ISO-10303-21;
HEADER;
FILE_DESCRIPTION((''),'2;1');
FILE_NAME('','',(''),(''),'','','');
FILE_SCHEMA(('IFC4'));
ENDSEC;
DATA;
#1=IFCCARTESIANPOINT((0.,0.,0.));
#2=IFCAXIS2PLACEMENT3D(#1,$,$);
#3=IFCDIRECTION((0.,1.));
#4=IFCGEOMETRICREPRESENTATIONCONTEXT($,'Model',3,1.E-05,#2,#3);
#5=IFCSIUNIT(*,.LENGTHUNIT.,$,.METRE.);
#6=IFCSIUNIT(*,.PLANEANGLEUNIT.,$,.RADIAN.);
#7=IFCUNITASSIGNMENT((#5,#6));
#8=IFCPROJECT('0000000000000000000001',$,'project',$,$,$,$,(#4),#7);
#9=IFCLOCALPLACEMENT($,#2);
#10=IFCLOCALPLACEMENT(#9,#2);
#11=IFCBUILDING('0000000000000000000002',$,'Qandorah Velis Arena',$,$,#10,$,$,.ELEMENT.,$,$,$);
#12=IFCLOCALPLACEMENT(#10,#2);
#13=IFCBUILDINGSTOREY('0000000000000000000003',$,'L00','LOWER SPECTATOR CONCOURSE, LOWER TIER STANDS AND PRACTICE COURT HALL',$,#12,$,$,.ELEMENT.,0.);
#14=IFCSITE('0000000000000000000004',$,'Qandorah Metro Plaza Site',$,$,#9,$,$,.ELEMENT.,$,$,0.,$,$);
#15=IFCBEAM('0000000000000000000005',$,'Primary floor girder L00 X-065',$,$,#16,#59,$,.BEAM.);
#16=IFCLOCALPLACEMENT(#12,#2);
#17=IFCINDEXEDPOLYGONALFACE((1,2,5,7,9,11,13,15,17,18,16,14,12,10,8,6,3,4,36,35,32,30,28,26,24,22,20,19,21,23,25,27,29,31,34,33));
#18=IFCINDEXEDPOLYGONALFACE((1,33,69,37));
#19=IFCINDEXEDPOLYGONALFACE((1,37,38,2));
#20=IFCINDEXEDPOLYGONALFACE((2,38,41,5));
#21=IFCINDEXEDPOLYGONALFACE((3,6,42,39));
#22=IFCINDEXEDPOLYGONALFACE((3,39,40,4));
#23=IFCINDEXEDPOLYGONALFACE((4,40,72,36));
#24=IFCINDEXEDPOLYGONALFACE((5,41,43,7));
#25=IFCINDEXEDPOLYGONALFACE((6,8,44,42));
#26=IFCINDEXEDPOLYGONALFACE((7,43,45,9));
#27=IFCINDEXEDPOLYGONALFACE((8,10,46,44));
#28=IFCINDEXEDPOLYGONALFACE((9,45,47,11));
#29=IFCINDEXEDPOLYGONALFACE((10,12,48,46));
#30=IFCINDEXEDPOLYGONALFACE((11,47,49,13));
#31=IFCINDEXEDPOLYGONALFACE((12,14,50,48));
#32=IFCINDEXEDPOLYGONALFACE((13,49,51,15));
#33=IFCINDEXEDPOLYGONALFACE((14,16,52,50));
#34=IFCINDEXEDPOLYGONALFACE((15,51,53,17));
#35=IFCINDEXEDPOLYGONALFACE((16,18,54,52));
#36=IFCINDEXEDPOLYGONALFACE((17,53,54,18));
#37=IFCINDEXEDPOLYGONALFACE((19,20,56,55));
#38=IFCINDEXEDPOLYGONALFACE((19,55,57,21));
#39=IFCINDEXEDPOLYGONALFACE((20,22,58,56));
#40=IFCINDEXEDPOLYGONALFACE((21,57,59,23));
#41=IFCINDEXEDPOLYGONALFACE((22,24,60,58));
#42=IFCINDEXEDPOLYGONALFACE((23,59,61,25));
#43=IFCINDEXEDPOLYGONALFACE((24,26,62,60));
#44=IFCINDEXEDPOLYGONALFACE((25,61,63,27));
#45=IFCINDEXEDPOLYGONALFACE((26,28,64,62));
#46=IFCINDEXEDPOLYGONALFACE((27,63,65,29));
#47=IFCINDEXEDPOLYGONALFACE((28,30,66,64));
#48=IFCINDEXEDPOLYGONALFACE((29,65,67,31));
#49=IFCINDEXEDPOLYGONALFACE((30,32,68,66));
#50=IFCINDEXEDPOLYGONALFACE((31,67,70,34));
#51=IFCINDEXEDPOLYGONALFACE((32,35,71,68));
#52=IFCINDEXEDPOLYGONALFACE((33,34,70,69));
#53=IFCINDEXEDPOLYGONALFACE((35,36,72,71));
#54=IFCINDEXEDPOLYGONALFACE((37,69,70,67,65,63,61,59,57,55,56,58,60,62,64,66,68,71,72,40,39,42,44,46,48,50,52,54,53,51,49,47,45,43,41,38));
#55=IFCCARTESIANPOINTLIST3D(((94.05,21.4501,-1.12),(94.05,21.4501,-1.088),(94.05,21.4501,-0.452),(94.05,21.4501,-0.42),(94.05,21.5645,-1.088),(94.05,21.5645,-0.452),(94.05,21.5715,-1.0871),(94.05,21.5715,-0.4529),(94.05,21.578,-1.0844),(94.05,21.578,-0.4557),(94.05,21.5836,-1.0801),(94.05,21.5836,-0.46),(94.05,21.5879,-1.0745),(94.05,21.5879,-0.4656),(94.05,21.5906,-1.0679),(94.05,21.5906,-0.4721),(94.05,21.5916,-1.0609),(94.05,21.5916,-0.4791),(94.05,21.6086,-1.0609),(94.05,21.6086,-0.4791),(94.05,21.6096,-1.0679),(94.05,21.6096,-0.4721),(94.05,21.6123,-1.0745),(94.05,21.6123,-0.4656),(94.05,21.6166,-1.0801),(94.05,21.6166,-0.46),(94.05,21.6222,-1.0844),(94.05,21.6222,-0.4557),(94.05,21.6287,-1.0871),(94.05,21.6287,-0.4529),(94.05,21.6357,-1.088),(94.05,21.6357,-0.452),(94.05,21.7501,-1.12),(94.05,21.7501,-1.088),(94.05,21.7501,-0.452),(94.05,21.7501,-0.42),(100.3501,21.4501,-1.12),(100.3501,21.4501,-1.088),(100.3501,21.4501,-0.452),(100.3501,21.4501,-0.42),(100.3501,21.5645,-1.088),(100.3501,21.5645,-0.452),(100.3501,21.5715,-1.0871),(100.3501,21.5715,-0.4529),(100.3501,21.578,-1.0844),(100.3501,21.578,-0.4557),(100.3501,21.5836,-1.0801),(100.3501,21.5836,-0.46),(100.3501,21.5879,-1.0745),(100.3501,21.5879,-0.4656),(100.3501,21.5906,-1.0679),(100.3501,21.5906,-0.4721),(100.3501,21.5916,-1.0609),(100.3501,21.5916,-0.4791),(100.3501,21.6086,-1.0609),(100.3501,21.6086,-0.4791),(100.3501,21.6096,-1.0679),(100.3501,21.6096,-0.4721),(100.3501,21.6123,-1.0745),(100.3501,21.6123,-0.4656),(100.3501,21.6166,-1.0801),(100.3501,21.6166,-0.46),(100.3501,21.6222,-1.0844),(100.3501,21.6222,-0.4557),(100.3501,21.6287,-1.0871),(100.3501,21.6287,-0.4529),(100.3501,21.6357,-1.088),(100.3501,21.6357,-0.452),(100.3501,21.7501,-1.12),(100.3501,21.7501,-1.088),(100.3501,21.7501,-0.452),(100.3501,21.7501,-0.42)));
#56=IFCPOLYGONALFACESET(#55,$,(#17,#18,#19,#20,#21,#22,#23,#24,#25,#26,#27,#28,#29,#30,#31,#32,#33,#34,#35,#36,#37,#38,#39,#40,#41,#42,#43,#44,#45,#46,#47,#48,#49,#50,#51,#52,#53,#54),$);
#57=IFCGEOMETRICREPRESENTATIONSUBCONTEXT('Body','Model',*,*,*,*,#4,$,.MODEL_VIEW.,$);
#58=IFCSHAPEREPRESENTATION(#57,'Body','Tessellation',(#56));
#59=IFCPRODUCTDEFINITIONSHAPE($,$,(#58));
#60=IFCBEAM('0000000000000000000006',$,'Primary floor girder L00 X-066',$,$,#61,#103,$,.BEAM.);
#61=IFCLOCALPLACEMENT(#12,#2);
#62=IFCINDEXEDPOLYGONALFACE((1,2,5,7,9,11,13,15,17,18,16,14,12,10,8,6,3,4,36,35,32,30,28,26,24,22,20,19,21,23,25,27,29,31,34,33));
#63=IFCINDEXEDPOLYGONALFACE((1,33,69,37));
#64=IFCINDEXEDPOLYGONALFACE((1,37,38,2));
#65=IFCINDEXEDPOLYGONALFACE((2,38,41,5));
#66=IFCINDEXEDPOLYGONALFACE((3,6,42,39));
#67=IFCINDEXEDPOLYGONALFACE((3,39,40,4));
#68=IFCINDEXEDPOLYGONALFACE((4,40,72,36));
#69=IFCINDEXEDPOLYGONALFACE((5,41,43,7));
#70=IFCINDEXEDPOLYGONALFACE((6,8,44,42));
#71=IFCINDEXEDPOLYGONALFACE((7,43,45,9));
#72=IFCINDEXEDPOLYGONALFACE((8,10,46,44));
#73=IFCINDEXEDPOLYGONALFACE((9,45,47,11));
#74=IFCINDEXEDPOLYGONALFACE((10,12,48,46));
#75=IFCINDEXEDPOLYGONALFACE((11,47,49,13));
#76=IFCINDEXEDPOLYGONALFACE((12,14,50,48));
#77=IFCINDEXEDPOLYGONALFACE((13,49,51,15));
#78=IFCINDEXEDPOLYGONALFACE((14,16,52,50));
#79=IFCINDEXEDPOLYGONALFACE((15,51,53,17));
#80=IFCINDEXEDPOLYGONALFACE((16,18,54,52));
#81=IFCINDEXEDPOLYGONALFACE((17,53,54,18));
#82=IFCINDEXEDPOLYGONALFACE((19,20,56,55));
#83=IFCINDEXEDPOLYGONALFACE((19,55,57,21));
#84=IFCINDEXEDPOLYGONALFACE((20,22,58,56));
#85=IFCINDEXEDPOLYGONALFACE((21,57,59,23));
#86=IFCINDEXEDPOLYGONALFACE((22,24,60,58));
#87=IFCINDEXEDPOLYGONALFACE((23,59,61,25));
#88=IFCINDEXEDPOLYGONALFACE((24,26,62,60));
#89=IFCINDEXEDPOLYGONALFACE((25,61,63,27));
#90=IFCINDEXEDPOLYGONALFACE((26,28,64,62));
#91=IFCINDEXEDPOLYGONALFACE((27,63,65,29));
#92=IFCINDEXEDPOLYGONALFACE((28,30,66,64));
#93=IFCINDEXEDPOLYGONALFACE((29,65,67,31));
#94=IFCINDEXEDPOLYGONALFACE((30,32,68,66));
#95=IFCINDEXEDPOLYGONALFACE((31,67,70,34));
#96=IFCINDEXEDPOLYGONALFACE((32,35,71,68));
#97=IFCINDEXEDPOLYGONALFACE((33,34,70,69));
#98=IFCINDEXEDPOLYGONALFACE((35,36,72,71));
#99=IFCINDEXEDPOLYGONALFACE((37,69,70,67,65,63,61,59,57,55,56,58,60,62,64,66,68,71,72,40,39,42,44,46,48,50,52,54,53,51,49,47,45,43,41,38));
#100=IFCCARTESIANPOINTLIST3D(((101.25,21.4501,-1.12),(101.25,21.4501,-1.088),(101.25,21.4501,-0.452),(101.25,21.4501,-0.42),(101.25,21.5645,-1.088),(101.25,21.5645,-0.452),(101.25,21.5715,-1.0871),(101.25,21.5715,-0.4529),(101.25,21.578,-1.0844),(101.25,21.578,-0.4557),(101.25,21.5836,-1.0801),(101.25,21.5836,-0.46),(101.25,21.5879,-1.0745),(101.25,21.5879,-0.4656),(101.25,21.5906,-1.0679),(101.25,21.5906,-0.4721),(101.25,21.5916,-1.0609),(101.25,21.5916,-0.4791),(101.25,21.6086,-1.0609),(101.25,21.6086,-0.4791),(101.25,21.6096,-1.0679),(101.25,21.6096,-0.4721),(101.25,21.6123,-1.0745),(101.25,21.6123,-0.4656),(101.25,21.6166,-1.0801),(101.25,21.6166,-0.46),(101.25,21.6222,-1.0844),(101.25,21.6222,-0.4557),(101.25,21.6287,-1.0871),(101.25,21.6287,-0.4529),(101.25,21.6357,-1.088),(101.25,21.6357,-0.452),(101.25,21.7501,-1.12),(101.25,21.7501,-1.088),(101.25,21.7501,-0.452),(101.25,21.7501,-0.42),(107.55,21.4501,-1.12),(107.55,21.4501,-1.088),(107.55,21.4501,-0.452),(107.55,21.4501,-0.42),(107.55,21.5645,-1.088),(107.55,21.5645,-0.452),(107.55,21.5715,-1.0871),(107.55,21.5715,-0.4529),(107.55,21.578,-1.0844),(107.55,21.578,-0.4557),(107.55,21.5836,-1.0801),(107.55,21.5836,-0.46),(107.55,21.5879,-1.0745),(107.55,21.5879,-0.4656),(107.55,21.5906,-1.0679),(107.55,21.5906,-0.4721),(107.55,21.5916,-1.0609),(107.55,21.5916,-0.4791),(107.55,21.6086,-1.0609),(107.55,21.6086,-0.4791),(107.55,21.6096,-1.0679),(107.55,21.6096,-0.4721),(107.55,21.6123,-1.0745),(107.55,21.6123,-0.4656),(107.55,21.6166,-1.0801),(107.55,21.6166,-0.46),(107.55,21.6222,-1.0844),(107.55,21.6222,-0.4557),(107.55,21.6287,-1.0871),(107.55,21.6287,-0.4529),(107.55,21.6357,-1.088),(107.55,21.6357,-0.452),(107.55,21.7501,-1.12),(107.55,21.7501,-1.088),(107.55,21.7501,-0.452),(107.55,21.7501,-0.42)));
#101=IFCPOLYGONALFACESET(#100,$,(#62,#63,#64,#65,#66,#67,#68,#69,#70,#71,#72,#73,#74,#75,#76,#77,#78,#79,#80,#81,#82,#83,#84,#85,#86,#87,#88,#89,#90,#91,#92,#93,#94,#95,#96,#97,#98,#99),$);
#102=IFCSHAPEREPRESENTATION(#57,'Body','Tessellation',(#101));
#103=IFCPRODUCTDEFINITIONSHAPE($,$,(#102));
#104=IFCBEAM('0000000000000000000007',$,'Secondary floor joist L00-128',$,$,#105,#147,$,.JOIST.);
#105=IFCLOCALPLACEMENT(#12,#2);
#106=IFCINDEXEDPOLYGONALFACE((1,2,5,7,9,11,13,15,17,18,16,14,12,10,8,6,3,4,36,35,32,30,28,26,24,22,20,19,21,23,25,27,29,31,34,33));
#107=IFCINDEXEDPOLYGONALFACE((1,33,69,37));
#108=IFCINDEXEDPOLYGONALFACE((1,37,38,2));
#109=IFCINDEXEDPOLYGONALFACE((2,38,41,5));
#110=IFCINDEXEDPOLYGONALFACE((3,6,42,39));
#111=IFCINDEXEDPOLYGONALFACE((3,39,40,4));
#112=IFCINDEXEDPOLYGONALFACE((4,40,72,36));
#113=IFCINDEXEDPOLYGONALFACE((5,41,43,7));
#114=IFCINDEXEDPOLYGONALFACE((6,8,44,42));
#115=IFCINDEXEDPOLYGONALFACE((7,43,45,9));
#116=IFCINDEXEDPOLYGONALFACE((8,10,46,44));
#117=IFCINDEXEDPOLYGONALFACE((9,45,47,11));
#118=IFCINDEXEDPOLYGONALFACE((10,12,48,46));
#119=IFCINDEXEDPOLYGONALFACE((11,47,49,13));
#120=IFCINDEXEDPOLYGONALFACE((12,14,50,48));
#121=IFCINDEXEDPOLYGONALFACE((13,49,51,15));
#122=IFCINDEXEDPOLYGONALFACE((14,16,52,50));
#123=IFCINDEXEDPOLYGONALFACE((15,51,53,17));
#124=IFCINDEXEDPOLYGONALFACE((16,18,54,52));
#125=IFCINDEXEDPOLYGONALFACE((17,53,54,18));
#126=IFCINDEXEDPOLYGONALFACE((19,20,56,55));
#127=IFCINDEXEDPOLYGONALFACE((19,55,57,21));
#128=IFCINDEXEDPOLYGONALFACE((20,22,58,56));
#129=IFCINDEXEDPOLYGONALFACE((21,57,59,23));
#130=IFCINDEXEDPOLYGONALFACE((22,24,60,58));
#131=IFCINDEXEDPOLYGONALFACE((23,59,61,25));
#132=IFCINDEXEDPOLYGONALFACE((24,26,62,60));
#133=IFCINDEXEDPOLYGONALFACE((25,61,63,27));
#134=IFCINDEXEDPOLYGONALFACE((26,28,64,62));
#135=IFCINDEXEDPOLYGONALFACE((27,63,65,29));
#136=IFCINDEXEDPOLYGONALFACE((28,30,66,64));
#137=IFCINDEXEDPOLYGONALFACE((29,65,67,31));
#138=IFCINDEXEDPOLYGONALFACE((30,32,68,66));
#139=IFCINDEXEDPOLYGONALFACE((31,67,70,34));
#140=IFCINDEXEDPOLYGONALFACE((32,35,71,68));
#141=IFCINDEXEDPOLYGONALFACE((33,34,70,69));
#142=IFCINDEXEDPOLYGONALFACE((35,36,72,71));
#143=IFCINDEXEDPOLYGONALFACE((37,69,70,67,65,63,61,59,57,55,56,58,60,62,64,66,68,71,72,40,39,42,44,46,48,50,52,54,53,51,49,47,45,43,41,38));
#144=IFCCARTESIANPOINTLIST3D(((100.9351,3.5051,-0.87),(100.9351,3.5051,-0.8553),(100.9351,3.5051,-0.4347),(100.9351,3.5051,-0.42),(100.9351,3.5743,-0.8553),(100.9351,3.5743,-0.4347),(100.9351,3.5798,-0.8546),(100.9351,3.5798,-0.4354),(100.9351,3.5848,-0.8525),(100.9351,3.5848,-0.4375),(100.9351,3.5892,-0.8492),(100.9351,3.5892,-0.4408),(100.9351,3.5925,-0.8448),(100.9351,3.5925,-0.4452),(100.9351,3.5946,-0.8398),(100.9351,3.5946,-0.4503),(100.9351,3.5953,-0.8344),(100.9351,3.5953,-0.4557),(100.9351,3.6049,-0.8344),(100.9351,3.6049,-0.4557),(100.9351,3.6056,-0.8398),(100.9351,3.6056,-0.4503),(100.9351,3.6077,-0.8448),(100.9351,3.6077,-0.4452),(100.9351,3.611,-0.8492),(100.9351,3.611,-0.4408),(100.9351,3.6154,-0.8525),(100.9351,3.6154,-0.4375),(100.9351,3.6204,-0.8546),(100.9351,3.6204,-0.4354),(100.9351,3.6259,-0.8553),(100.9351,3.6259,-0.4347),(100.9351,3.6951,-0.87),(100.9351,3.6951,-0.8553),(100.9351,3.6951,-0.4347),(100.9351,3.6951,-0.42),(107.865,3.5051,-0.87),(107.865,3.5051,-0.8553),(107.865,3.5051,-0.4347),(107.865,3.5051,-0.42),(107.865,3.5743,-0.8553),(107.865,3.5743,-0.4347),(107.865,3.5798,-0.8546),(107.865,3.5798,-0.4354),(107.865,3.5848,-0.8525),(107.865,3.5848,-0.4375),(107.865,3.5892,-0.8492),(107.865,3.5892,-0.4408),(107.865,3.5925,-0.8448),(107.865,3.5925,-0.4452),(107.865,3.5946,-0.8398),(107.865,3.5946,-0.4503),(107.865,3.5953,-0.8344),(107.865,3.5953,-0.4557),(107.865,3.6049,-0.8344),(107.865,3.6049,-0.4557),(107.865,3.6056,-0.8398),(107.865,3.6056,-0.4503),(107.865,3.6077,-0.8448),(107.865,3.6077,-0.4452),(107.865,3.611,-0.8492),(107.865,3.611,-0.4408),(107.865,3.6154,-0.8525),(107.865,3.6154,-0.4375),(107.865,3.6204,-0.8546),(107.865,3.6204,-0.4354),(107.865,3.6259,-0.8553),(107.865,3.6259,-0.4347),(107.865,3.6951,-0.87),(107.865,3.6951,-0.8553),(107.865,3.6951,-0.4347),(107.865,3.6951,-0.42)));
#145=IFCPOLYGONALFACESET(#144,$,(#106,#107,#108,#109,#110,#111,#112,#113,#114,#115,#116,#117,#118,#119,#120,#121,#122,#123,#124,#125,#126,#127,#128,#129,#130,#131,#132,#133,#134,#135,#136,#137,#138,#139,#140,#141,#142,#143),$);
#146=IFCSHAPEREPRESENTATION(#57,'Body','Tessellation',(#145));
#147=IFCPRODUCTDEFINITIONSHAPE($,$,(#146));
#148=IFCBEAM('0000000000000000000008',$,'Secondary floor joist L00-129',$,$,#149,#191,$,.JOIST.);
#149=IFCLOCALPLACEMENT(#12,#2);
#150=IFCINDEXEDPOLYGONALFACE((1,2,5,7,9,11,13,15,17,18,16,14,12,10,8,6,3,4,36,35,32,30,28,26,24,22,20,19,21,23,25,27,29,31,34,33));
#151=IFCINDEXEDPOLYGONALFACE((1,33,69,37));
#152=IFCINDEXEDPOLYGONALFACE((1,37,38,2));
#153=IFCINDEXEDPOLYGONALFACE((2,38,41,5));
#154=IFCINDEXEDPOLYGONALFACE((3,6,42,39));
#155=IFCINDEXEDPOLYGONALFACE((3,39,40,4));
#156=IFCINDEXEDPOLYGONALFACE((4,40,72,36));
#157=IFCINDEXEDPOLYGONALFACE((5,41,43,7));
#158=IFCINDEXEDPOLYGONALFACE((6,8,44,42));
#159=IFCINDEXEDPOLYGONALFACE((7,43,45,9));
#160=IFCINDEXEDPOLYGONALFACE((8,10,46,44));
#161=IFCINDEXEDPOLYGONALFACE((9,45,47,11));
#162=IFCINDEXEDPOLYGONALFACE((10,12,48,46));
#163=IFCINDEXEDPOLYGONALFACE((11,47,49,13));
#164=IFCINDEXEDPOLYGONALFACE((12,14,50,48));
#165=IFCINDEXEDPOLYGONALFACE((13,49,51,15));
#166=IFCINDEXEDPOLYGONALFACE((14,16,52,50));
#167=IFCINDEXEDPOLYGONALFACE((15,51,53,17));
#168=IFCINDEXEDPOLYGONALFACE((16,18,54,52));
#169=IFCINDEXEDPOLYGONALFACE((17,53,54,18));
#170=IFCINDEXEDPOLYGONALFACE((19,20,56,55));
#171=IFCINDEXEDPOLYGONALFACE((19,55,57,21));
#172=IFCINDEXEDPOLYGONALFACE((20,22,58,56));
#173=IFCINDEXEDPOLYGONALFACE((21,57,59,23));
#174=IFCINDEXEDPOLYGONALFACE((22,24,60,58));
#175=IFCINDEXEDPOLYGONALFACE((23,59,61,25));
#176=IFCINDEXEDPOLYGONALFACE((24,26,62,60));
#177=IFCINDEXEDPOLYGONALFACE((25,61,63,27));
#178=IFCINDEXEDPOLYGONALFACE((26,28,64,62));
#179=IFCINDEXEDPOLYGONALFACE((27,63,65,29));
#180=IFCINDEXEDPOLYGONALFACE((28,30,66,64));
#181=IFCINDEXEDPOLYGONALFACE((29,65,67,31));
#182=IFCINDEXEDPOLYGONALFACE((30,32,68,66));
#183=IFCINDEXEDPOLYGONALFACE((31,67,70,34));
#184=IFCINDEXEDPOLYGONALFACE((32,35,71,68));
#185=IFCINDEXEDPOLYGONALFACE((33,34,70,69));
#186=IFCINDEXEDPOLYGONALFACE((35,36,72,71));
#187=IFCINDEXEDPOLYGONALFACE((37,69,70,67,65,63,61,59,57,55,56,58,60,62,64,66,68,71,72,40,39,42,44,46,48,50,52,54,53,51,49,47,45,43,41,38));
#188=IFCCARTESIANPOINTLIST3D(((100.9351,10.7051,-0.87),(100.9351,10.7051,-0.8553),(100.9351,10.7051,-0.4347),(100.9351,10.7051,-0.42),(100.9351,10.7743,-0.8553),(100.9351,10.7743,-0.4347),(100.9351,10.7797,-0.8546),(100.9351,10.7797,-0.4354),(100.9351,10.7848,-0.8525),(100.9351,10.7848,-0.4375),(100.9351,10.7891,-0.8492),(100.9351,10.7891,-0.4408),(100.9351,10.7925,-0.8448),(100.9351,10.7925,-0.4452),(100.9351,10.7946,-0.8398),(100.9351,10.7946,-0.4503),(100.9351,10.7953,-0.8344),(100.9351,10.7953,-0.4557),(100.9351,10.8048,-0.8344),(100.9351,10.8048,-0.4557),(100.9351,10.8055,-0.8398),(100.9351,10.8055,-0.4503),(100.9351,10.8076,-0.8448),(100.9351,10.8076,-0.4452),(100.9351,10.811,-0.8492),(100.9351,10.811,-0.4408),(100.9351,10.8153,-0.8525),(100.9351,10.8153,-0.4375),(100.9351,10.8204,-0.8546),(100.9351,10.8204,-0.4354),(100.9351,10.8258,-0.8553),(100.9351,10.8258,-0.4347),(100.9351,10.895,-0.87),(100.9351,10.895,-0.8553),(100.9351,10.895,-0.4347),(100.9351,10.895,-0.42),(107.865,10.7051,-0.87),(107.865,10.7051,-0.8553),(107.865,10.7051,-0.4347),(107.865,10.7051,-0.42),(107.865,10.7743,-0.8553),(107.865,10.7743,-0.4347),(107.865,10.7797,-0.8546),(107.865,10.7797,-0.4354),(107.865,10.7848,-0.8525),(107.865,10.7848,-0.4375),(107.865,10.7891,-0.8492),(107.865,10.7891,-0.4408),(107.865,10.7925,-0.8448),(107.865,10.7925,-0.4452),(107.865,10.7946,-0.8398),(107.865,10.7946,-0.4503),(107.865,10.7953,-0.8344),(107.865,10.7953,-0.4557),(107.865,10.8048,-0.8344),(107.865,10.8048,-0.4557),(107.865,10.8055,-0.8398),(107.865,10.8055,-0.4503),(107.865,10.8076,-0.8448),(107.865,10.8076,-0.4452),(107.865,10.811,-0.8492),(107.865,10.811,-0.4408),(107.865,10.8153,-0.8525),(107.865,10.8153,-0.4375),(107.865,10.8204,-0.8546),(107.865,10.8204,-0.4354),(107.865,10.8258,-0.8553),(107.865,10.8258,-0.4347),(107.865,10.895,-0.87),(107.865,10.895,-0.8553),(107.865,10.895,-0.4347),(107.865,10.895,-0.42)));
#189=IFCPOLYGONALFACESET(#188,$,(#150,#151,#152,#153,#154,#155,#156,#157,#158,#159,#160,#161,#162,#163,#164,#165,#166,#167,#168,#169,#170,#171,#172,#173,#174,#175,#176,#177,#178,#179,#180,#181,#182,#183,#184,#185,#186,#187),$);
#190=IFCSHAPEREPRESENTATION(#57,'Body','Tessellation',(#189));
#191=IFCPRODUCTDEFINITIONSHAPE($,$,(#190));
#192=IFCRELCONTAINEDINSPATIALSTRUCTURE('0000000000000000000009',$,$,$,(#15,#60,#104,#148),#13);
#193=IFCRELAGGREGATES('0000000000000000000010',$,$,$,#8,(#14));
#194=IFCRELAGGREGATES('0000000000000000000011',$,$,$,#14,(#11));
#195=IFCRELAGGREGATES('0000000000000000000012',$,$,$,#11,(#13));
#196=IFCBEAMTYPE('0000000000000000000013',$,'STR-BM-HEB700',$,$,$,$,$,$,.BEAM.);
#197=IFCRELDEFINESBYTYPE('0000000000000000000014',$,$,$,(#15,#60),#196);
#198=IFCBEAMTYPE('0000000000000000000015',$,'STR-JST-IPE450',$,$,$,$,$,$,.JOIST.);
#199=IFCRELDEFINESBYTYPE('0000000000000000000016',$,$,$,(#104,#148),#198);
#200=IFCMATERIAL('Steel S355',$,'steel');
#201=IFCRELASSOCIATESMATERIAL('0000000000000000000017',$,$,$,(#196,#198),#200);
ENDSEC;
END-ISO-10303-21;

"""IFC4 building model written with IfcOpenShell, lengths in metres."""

from ifc_helpers import new_model, si_unit, direction, frame, origin, origin_2d, place, context, subcontext, project, spatial, i_section, extrude, material, material_profile, profile_set, type_object, element, save


model = new_model("IFC4")

# Units and contexts
model_context = context("Model", 3, precision=1e-05, world=origin(), true_north=direction((0.0, 1.0)))
body_context = subcontext(model_context, "Body", "Model", "MODEL_VIEW")
ifc_project = project(units=[si_unit("LENGTHUNIT", "METRE"), si_unit("PLANEANGLEUNIT", "RADIAN")], contexts=[model_context])

# Site, building, storey
site_placement = place(None, origin())
site = spatial("IfcSite", under=ifc_project, at=site_placement, Name="Qandorah Metro Plaza Site", CompositionType="ELEMENT", RefElevation=0.0)
building_placement = place(site_placement, origin())
building = spatial("IfcBuilding", under=site, at=building_placement, Name="Qandorah Velis Arena", CompositionType="ELEMENT")
storey_placement = place(building_placement, origin())
storey = spatial("IfcBuildingStorey", under=building, at=storey_placement, Name="L00", Description="LOWER SPECTATOR CONCOURSE, LOWER TIER STANDS AND PRACTICE COURT HALL", CompositionType="ELEMENT", Elevation=0.0)

# Beams
ifc_material_1 = material(Name="Steel S355", Category="steel")
ifc_material_profile_1 = material_profile(ifc_material_1, i_section(OverallWidth=0.3, OverallDepth=0.7, WebThickness=0.0171, FlangeThickness=0.032, FilletRadius=0.0271, at=origin_2d()), Name="HEB 700")
ifc_profile_set_1 = profile_set([ifc_material_profile_1], Name="Steel S355")
beam_type_1 = type_object("IfcBeamType", Name="STR-BM-HEB700", PredefinedType="BEAM", material=ifc_profile_set_1)
for number, where, z_axis, x_axis, name in (
    (1, (94.05, 21.6001, -0.77), (1.0, 0.0, 0.0), (0.0, 1.0, 0.0), "Primary floor girder L00 X-065"),
    (2, (101.25, 21.6001, -0.77), (1.0, 0.0, 0.0), (0.0, 1.0, 0.0), "Primary floor girder L00 X-066"),
):
    element("IfcBeam", number, at=place(storey_placement, frame(where, z_axis=z_axis, x_axis=x_axis)), inside=storey, type_object=beam_type_1, Name=name, PredefinedType="BEAM", context=body_context, shape_type="SweptSolid", body=[
        extrude(i_section(OverallWidth=0.3, OverallDepth=0.7, WebThickness=0.0171, FlangeThickness=0.032, FilletRadius=0.0271, at=origin_2d()), origin(), (0.0, 0.0, 1.0), 6.3),
    ])
ifc_material_profile_2 = material_profile(ifc_material_1, i_section(OverallWidth=0.1899, OverallDepth=0.45, WebThickness=0.0095, FlangeThickness=0.0146, FilletRadius=0.021, at=origin_2d()), Name="IPE 450")
ifc_profile_set_2 = profile_set([ifc_material_profile_2], Name="Steel S355")
beam_type_2 = type_object("IfcBeamType", Name="STR-JST-IPE450", PredefinedType="JOIST", material=ifc_profile_set_2)
for number, where, z_axis, x_axis, name in (
    (3, (100.9351, 3.6001, -0.645), (1.0, 0.0, 0.0), (0.0, 1.0, 0.0), "Secondary floor joist L00-128"),
    (4, (100.9351, 10.8, -0.645), (1.0, 0.0, 0.0), (0.0, 1.0, 0.0), "Secondary floor joist L00-129"),
):
    element("IfcBeam", number, at=place(storey_placement, frame(where, z_axis=z_axis, x_axis=x_axis)), inside=storey, type_object=beam_type_2, Name=name, PredefinedType="JOIST", context=body_context, shape_type="SweptSolid", body=[
        extrude(i_section(OverallWidth=0.1899, OverallDepth=0.45, WebThickness=0.0095, FlangeThickness=0.0146, FilletRadius=0.021, at=origin_2d()), origin(), (0.0, 0.0, 1.0), 6.9299),
    ])

save(model, "model.ifc")
